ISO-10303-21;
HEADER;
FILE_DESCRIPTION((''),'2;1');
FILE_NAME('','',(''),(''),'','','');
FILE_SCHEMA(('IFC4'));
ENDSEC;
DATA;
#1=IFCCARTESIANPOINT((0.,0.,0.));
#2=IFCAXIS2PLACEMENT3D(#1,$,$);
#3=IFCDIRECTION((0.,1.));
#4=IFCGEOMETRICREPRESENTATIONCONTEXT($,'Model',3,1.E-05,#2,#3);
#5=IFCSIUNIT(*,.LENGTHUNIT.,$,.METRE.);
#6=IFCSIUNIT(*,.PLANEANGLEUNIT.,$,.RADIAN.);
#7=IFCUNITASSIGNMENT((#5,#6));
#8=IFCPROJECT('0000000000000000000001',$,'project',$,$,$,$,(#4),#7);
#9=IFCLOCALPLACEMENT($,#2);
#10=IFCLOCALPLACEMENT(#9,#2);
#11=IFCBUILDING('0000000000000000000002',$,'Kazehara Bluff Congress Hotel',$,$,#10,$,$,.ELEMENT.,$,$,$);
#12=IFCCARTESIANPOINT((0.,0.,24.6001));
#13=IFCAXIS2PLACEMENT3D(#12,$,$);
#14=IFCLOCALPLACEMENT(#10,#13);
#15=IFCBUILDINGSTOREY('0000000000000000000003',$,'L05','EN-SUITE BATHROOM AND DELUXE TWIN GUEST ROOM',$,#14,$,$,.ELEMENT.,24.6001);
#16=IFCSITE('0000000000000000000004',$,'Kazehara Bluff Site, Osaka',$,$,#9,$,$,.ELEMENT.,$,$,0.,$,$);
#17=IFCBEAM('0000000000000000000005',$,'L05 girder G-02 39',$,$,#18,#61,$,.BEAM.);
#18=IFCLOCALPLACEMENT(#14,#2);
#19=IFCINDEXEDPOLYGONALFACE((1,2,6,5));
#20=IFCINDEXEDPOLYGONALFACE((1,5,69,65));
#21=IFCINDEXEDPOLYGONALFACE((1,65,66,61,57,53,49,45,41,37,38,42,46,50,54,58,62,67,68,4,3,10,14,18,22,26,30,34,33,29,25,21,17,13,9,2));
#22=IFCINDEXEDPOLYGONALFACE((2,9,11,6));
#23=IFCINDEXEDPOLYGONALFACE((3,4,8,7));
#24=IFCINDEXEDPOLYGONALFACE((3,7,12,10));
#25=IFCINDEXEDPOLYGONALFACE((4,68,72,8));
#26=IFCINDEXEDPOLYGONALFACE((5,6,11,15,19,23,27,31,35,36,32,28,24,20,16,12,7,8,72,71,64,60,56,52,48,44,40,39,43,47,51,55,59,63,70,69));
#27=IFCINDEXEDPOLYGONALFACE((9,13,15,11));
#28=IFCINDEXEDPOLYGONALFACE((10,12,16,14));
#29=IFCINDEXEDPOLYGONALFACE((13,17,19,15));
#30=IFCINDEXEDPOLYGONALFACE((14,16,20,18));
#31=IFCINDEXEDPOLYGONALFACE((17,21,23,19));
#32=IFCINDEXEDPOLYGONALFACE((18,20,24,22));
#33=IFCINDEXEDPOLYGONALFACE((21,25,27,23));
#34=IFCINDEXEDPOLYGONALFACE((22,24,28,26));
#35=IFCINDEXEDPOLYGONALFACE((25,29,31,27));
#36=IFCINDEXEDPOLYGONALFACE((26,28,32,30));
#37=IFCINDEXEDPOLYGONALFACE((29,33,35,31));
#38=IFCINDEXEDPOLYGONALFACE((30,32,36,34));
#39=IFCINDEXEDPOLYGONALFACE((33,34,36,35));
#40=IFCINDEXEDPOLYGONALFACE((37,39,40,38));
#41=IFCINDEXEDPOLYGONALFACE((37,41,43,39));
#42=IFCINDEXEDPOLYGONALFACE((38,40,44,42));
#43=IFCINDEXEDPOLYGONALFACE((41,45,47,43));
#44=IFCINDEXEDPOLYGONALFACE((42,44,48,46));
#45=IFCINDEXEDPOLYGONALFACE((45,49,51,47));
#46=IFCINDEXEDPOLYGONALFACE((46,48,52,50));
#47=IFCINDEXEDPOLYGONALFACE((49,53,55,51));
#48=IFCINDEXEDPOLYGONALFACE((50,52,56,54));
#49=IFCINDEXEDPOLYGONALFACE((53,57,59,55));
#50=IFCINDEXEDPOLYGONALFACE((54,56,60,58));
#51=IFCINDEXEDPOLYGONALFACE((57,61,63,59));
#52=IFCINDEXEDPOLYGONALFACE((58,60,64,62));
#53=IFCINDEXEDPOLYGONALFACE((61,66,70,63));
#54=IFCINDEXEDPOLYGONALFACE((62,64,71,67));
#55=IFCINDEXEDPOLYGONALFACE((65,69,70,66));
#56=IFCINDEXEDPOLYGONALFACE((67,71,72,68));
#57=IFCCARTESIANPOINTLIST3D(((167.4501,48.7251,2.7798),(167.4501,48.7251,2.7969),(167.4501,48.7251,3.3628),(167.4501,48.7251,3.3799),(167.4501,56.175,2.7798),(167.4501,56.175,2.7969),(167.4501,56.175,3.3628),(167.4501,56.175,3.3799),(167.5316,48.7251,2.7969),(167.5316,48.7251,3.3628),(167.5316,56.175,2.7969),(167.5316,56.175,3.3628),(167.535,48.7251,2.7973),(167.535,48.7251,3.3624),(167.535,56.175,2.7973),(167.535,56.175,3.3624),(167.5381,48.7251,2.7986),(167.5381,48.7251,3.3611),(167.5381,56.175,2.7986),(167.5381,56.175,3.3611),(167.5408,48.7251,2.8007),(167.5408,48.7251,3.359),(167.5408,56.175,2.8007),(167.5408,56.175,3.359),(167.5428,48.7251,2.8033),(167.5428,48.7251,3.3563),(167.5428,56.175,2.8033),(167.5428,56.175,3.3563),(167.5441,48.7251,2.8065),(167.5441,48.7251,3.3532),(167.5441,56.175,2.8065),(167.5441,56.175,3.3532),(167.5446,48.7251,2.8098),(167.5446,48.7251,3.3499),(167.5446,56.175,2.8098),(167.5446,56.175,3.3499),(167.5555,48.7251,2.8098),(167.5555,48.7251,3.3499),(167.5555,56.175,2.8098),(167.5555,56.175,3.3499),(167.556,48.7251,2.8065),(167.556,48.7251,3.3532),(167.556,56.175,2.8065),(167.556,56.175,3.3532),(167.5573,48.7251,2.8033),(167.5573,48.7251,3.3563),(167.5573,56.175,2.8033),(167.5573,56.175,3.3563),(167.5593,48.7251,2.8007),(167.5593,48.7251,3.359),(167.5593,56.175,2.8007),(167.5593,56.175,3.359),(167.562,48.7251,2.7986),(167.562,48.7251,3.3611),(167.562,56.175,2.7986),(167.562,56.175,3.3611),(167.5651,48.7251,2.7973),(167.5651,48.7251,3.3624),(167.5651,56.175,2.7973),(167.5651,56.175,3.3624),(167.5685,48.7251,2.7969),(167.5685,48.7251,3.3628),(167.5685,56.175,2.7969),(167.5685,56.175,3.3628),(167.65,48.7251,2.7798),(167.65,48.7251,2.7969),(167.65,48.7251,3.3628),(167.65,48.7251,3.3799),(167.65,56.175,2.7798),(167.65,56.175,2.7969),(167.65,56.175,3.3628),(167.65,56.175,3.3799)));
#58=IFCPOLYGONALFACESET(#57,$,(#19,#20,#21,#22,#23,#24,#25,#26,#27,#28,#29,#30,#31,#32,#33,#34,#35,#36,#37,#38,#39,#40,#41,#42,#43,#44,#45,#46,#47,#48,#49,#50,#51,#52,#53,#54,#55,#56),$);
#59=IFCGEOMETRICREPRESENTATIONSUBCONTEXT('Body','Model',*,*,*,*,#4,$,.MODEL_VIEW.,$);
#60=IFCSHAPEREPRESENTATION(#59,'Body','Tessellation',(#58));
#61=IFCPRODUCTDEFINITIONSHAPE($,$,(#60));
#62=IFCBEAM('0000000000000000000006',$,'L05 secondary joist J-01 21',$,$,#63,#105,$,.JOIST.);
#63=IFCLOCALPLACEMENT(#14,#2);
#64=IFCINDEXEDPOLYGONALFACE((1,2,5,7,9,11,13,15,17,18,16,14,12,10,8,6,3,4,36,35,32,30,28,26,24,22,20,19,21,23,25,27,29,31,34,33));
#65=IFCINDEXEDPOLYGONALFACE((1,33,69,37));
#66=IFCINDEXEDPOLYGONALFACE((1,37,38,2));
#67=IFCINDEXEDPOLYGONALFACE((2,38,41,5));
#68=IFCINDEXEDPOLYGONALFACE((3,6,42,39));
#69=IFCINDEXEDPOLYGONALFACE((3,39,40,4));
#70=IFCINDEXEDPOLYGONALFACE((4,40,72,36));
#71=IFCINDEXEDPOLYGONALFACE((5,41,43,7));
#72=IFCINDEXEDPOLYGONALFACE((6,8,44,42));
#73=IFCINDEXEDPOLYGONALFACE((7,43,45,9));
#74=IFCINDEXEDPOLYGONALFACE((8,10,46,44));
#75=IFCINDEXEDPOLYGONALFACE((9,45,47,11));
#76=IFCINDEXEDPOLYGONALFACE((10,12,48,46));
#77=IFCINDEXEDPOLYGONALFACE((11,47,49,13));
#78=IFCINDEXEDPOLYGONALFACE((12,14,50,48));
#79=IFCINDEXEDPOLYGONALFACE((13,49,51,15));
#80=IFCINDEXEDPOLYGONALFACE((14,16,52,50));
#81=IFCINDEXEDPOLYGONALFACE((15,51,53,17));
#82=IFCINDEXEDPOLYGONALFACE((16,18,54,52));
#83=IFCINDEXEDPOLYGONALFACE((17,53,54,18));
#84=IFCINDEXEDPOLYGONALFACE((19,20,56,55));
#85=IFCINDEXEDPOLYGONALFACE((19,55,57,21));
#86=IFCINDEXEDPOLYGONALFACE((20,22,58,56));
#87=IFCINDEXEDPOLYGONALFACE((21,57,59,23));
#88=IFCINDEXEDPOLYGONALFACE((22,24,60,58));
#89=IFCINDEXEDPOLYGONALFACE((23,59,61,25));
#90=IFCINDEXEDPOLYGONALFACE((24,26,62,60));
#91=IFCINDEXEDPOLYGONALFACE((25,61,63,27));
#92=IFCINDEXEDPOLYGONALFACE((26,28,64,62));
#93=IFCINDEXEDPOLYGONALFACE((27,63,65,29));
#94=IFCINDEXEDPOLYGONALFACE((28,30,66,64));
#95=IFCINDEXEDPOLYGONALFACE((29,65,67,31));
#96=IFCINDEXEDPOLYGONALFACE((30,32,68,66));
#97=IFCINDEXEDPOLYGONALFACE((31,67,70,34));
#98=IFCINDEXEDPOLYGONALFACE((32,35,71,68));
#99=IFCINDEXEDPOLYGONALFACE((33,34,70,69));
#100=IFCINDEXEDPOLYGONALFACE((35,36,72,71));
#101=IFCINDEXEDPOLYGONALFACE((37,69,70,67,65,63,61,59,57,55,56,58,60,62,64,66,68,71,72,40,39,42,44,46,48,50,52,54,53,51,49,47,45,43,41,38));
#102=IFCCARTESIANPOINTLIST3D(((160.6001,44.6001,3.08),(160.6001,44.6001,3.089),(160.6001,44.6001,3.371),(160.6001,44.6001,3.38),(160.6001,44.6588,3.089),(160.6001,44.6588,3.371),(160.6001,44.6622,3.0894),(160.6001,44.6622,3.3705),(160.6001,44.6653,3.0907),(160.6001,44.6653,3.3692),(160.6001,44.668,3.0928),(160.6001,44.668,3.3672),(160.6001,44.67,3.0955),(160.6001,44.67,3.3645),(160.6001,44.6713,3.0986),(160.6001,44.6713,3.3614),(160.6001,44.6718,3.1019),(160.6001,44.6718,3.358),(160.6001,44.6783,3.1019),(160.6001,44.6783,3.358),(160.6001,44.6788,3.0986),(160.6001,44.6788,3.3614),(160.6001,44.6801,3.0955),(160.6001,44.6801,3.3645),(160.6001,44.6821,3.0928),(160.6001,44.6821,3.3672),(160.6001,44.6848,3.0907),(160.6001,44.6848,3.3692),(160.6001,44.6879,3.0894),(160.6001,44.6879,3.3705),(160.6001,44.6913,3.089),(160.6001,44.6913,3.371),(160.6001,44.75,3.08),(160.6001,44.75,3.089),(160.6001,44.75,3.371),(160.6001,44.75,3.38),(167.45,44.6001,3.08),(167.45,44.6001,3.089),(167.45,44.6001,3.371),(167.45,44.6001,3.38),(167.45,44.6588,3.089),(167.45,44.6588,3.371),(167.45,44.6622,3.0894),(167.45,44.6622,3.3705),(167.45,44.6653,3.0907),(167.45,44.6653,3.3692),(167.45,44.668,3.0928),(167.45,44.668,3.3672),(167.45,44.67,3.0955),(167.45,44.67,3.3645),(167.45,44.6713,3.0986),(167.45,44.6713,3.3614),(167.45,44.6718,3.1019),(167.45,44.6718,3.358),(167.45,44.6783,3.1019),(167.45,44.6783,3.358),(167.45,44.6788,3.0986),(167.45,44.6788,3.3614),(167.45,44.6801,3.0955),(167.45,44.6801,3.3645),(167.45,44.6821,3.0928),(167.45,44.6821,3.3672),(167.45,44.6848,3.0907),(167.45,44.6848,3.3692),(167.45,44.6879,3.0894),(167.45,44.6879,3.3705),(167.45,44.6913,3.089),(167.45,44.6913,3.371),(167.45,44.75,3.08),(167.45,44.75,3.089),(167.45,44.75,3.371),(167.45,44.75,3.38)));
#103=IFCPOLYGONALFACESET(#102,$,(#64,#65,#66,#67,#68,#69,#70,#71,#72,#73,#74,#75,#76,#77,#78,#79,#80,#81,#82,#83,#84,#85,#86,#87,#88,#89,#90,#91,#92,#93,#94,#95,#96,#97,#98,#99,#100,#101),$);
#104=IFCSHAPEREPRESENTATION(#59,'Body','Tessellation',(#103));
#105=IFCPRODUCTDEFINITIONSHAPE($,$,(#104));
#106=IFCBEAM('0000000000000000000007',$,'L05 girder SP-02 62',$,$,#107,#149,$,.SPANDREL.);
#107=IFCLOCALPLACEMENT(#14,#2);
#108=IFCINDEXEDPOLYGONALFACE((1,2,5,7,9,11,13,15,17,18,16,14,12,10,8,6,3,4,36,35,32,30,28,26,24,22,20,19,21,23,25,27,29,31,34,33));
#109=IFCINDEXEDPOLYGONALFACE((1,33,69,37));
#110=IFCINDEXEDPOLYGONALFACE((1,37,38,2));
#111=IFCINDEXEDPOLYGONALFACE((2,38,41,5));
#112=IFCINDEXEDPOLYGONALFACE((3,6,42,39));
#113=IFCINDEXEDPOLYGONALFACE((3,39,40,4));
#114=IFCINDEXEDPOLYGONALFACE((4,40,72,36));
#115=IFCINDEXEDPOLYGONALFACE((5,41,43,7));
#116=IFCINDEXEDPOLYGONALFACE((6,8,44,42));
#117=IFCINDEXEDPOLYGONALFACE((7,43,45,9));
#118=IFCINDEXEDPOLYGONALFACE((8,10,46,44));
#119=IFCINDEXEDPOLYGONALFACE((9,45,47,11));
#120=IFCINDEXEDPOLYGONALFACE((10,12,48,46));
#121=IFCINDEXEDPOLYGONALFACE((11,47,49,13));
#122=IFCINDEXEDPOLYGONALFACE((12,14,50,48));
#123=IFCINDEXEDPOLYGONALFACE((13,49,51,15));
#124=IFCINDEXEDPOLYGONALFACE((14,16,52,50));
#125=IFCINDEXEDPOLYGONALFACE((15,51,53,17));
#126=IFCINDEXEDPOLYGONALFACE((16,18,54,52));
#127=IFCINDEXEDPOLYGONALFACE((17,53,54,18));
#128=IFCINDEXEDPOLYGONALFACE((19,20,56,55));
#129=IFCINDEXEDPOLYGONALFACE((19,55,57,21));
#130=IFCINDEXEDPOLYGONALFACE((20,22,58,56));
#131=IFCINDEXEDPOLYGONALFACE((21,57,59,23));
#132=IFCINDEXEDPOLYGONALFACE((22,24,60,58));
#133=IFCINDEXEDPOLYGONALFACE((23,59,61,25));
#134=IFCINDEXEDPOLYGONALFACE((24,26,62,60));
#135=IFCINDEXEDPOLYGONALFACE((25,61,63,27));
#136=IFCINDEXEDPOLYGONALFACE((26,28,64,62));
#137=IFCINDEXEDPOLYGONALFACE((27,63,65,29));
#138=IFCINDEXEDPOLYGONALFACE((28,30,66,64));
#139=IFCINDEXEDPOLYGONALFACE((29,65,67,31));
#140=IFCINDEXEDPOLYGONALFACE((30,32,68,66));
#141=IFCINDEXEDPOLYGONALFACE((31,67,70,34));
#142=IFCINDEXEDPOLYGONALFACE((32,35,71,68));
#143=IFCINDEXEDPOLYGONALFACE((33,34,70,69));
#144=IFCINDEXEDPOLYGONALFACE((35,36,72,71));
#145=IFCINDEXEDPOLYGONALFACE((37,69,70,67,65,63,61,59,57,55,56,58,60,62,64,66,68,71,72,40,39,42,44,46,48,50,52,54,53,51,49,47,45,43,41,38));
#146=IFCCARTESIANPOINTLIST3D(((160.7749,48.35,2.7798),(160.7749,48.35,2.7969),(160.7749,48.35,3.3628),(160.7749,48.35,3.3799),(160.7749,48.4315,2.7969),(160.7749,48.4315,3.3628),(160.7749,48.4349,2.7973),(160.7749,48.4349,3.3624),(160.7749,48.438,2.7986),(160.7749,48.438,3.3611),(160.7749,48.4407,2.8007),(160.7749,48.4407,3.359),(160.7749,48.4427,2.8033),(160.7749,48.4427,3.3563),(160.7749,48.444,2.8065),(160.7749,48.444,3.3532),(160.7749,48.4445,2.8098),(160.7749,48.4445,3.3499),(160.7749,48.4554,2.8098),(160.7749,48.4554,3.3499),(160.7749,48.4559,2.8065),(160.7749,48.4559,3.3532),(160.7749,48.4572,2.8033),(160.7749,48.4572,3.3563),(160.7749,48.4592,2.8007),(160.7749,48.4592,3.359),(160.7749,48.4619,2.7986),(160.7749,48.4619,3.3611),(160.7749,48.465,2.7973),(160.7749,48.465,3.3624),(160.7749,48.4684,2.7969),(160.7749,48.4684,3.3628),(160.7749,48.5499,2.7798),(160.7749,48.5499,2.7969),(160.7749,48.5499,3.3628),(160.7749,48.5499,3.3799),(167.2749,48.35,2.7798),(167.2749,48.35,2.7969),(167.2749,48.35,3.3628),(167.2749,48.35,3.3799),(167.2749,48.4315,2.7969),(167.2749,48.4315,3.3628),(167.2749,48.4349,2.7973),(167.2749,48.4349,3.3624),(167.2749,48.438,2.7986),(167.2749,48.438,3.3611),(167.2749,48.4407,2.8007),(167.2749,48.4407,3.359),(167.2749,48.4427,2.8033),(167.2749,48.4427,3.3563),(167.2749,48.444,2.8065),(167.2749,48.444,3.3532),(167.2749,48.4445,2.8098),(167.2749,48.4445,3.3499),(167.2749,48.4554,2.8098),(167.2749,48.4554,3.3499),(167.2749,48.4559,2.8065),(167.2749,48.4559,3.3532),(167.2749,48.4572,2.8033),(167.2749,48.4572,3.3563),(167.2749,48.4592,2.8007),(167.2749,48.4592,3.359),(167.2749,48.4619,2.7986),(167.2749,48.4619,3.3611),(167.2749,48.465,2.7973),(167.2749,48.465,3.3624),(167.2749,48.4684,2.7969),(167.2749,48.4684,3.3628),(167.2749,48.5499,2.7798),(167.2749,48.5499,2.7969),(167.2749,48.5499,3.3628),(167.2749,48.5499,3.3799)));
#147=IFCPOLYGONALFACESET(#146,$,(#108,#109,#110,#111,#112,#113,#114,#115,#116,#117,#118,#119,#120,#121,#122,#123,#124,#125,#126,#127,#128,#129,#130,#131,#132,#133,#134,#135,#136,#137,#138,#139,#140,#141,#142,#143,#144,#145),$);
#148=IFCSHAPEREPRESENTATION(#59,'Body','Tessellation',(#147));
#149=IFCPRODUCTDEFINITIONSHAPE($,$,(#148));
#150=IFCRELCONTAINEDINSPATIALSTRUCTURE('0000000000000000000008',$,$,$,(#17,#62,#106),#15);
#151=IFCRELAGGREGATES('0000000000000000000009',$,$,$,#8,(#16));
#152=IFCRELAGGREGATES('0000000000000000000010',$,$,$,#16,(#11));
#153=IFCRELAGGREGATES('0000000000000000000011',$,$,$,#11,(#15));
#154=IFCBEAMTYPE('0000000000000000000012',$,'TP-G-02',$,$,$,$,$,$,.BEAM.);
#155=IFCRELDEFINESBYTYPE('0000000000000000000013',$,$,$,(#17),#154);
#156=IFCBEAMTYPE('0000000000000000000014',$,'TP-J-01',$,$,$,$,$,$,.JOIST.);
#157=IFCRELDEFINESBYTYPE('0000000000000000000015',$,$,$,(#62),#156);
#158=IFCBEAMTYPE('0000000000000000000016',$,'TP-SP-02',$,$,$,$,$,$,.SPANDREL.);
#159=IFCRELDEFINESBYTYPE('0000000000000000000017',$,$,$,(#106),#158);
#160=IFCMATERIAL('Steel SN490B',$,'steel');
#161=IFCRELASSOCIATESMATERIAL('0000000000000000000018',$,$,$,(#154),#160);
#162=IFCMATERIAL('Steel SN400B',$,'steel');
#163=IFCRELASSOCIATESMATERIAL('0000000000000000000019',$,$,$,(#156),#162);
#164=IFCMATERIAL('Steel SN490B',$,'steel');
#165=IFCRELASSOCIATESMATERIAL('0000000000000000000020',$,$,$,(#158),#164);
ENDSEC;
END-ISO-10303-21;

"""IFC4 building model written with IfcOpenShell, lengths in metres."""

from ifc_helpers import new_model, si_unit, direction, frame, origin, origin_2d, place, context, subcontext, project, spatial, i_section, extrude, material, material_profile, profile_set, type_object, element, save


model = new_model("IFC4")

# Units and contexts
model_context = context("Model", 3, precision=1e-05, world=origin(), true_north=direction((0.0, 1.0)))
body_context = subcontext(model_context, "Body", "Model", "MODEL_VIEW")
ifc_project = project(units=[si_unit("LENGTHUNIT", "METRE"), si_unit("PLANEANGLEUNIT", "RADIAN")], contexts=[model_context])

# Site, building, storey
site_placement = place(None, origin())
site = spatial("IfcSite", under=ifc_project, at=site_placement, Name="Kazehara Bluff Site, Osaka", CompositionType="ELEMENT", RefElevation=0.0)
building_placement = place(site_placement, origin())
building = spatial("IfcBuilding", under=site, at=building_placement, Name="Kazehara Bluff Congress Hotel", CompositionType="ELEMENT")
storey_placement = place(building_placement, frame((0.0, 0.0, 24.6001)))
storey = spatial("IfcBuildingStorey", under=building, at=storey_placement, Name="L05", Description="EN-SUITE BATHROOM AND DELUXE TWIN GUEST ROOM", CompositionType="ELEMENT", Elevation=24.6001)

# Beams
ifc_material_1 = material(Name="Steel SN490B", Category="steel")
ifc_material_profile_1 = material_profile(ifc_material_1, i_section(OverallWidth=0.2, OverallDepth=0.6001, WebThickness=0.011, FlangeThickness=0.0171, FilletRadius=0.0129, at=origin_2d()))
ifc_profile_set_1 = profile_set([ifc_material_profile_1], Name="Steel SN490B")
beam_type_1 = type_object("IfcBeamType", Name="TP-G-02", PredefinedType="BEAM", material=ifc_profile_set_1)
for number, where, z_axis, x_axis, name in (
    (1, (167.55, 48.7251, 3.0798), (0.0, 1.0, 0.0), (-1.0, 0.0, 0.0), "L05 girder G-02 39"),
):
    element("IfcBeam", number, at=place(storey_placement, frame(where, z_axis=z_axis, x_axis=x_axis)), inside=storey, type_object=beam_type_1, Name=name, PredefinedType="BEAM", context=body_context, shape_type="SweptSolid", body=[
        extrude(i_section(OverallWidth=0.2, OverallDepth=0.6001, WebThickness=0.011, FlangeThickness=0.0171, FilletRadius=0.0129, at=origin_2d()), origin(), (0.0, 0.0, 1.0), 7.45),
    ])
ifc_material_2 = material(Name="Steel SN400B", Category="steel")
ifc_material_profile_2 = material_profile(ifc_material_2, i_section(OverallWidth=0.1499, OverallDepth=0.3, WebThickness=0.0066, FlangeThickness=0.009, FilletRadius=0.0129, at=origin_2d()))
ifc_profile_set_2 = profile_set([ifc_material_profile_2], Name="Steel SN400B")
beam_type_2 = type_object("IfcBeamType", Name="TP-J-01", PredefinedType="JOIST", material=ifc_profile_set_2)
beam_1_placement = place(storey_placement, frame((160.6001, 44.675, 3.23), z_axis=(1.0, 0.0, 0.0), x_axis=(0.0, 1.0, 0.0)))
element("IfcBeam", 2, at=beam_1_placement, inside=storey, type_object=beam_type_2, Name="L05 secondary joist J-01 21", PredefinedType="JOIST", context=body_context, shape_type="SweptSolid", body=[
    extrude(i_section(OverallWidth=0.1499, OverallDepth=0.3, WebThickness=0.0066, FlangeThickness=0.009, FilletRadius=0.0129, at=origin_2d()), origin(), (0.0, 0.0, 1.0), 6.8499),
])
ifc_material_3 = material(Name="Steel SN490B", Category="steel")
ifc_material_profile_3 = material_profile(ifc_material_3, i_section(OverallWidth=0.2, OverallDepth=0.6001, WebThickness=0.011, FlangeThickness=0.0171, FilletRadius=0.0129, at=origin_2d()))
ifc_profile_set_3 = profile_set([ifc_material_profile_3], Name="Steel SN490B")
beam_type_3 = type_object("IfcBeamType", Name="TP-SP-02", PredefinedType="SPANDREL", material=ifc_profile_set_3)
beam_2_placement = place(storey_placement, frame((160.7749, 48.45, 3.0798), z_axis=(1.0, 0.0, 0.0), x_axis=(0.0, 1.0, 0.0)))
element("IfcBeam", 3, at=beam_2_placement, inside=storey, type_object=beam_type_3, Name="L05 girder SP-02 62", PredefinedType="SPANDREL", context=body_context, shape_type="SweptSolid", body=[
    extrude(i_section(OverallWidth=0.2, OverallDepth=0.6001, WebThickness=0.011, FlangeThickness=0.0171, FilletRadius=0.0129, at=origin_2d()), origin(), (0.0, 0.0, 1.0), 6.5),
])

save(model, "model.ifc")
